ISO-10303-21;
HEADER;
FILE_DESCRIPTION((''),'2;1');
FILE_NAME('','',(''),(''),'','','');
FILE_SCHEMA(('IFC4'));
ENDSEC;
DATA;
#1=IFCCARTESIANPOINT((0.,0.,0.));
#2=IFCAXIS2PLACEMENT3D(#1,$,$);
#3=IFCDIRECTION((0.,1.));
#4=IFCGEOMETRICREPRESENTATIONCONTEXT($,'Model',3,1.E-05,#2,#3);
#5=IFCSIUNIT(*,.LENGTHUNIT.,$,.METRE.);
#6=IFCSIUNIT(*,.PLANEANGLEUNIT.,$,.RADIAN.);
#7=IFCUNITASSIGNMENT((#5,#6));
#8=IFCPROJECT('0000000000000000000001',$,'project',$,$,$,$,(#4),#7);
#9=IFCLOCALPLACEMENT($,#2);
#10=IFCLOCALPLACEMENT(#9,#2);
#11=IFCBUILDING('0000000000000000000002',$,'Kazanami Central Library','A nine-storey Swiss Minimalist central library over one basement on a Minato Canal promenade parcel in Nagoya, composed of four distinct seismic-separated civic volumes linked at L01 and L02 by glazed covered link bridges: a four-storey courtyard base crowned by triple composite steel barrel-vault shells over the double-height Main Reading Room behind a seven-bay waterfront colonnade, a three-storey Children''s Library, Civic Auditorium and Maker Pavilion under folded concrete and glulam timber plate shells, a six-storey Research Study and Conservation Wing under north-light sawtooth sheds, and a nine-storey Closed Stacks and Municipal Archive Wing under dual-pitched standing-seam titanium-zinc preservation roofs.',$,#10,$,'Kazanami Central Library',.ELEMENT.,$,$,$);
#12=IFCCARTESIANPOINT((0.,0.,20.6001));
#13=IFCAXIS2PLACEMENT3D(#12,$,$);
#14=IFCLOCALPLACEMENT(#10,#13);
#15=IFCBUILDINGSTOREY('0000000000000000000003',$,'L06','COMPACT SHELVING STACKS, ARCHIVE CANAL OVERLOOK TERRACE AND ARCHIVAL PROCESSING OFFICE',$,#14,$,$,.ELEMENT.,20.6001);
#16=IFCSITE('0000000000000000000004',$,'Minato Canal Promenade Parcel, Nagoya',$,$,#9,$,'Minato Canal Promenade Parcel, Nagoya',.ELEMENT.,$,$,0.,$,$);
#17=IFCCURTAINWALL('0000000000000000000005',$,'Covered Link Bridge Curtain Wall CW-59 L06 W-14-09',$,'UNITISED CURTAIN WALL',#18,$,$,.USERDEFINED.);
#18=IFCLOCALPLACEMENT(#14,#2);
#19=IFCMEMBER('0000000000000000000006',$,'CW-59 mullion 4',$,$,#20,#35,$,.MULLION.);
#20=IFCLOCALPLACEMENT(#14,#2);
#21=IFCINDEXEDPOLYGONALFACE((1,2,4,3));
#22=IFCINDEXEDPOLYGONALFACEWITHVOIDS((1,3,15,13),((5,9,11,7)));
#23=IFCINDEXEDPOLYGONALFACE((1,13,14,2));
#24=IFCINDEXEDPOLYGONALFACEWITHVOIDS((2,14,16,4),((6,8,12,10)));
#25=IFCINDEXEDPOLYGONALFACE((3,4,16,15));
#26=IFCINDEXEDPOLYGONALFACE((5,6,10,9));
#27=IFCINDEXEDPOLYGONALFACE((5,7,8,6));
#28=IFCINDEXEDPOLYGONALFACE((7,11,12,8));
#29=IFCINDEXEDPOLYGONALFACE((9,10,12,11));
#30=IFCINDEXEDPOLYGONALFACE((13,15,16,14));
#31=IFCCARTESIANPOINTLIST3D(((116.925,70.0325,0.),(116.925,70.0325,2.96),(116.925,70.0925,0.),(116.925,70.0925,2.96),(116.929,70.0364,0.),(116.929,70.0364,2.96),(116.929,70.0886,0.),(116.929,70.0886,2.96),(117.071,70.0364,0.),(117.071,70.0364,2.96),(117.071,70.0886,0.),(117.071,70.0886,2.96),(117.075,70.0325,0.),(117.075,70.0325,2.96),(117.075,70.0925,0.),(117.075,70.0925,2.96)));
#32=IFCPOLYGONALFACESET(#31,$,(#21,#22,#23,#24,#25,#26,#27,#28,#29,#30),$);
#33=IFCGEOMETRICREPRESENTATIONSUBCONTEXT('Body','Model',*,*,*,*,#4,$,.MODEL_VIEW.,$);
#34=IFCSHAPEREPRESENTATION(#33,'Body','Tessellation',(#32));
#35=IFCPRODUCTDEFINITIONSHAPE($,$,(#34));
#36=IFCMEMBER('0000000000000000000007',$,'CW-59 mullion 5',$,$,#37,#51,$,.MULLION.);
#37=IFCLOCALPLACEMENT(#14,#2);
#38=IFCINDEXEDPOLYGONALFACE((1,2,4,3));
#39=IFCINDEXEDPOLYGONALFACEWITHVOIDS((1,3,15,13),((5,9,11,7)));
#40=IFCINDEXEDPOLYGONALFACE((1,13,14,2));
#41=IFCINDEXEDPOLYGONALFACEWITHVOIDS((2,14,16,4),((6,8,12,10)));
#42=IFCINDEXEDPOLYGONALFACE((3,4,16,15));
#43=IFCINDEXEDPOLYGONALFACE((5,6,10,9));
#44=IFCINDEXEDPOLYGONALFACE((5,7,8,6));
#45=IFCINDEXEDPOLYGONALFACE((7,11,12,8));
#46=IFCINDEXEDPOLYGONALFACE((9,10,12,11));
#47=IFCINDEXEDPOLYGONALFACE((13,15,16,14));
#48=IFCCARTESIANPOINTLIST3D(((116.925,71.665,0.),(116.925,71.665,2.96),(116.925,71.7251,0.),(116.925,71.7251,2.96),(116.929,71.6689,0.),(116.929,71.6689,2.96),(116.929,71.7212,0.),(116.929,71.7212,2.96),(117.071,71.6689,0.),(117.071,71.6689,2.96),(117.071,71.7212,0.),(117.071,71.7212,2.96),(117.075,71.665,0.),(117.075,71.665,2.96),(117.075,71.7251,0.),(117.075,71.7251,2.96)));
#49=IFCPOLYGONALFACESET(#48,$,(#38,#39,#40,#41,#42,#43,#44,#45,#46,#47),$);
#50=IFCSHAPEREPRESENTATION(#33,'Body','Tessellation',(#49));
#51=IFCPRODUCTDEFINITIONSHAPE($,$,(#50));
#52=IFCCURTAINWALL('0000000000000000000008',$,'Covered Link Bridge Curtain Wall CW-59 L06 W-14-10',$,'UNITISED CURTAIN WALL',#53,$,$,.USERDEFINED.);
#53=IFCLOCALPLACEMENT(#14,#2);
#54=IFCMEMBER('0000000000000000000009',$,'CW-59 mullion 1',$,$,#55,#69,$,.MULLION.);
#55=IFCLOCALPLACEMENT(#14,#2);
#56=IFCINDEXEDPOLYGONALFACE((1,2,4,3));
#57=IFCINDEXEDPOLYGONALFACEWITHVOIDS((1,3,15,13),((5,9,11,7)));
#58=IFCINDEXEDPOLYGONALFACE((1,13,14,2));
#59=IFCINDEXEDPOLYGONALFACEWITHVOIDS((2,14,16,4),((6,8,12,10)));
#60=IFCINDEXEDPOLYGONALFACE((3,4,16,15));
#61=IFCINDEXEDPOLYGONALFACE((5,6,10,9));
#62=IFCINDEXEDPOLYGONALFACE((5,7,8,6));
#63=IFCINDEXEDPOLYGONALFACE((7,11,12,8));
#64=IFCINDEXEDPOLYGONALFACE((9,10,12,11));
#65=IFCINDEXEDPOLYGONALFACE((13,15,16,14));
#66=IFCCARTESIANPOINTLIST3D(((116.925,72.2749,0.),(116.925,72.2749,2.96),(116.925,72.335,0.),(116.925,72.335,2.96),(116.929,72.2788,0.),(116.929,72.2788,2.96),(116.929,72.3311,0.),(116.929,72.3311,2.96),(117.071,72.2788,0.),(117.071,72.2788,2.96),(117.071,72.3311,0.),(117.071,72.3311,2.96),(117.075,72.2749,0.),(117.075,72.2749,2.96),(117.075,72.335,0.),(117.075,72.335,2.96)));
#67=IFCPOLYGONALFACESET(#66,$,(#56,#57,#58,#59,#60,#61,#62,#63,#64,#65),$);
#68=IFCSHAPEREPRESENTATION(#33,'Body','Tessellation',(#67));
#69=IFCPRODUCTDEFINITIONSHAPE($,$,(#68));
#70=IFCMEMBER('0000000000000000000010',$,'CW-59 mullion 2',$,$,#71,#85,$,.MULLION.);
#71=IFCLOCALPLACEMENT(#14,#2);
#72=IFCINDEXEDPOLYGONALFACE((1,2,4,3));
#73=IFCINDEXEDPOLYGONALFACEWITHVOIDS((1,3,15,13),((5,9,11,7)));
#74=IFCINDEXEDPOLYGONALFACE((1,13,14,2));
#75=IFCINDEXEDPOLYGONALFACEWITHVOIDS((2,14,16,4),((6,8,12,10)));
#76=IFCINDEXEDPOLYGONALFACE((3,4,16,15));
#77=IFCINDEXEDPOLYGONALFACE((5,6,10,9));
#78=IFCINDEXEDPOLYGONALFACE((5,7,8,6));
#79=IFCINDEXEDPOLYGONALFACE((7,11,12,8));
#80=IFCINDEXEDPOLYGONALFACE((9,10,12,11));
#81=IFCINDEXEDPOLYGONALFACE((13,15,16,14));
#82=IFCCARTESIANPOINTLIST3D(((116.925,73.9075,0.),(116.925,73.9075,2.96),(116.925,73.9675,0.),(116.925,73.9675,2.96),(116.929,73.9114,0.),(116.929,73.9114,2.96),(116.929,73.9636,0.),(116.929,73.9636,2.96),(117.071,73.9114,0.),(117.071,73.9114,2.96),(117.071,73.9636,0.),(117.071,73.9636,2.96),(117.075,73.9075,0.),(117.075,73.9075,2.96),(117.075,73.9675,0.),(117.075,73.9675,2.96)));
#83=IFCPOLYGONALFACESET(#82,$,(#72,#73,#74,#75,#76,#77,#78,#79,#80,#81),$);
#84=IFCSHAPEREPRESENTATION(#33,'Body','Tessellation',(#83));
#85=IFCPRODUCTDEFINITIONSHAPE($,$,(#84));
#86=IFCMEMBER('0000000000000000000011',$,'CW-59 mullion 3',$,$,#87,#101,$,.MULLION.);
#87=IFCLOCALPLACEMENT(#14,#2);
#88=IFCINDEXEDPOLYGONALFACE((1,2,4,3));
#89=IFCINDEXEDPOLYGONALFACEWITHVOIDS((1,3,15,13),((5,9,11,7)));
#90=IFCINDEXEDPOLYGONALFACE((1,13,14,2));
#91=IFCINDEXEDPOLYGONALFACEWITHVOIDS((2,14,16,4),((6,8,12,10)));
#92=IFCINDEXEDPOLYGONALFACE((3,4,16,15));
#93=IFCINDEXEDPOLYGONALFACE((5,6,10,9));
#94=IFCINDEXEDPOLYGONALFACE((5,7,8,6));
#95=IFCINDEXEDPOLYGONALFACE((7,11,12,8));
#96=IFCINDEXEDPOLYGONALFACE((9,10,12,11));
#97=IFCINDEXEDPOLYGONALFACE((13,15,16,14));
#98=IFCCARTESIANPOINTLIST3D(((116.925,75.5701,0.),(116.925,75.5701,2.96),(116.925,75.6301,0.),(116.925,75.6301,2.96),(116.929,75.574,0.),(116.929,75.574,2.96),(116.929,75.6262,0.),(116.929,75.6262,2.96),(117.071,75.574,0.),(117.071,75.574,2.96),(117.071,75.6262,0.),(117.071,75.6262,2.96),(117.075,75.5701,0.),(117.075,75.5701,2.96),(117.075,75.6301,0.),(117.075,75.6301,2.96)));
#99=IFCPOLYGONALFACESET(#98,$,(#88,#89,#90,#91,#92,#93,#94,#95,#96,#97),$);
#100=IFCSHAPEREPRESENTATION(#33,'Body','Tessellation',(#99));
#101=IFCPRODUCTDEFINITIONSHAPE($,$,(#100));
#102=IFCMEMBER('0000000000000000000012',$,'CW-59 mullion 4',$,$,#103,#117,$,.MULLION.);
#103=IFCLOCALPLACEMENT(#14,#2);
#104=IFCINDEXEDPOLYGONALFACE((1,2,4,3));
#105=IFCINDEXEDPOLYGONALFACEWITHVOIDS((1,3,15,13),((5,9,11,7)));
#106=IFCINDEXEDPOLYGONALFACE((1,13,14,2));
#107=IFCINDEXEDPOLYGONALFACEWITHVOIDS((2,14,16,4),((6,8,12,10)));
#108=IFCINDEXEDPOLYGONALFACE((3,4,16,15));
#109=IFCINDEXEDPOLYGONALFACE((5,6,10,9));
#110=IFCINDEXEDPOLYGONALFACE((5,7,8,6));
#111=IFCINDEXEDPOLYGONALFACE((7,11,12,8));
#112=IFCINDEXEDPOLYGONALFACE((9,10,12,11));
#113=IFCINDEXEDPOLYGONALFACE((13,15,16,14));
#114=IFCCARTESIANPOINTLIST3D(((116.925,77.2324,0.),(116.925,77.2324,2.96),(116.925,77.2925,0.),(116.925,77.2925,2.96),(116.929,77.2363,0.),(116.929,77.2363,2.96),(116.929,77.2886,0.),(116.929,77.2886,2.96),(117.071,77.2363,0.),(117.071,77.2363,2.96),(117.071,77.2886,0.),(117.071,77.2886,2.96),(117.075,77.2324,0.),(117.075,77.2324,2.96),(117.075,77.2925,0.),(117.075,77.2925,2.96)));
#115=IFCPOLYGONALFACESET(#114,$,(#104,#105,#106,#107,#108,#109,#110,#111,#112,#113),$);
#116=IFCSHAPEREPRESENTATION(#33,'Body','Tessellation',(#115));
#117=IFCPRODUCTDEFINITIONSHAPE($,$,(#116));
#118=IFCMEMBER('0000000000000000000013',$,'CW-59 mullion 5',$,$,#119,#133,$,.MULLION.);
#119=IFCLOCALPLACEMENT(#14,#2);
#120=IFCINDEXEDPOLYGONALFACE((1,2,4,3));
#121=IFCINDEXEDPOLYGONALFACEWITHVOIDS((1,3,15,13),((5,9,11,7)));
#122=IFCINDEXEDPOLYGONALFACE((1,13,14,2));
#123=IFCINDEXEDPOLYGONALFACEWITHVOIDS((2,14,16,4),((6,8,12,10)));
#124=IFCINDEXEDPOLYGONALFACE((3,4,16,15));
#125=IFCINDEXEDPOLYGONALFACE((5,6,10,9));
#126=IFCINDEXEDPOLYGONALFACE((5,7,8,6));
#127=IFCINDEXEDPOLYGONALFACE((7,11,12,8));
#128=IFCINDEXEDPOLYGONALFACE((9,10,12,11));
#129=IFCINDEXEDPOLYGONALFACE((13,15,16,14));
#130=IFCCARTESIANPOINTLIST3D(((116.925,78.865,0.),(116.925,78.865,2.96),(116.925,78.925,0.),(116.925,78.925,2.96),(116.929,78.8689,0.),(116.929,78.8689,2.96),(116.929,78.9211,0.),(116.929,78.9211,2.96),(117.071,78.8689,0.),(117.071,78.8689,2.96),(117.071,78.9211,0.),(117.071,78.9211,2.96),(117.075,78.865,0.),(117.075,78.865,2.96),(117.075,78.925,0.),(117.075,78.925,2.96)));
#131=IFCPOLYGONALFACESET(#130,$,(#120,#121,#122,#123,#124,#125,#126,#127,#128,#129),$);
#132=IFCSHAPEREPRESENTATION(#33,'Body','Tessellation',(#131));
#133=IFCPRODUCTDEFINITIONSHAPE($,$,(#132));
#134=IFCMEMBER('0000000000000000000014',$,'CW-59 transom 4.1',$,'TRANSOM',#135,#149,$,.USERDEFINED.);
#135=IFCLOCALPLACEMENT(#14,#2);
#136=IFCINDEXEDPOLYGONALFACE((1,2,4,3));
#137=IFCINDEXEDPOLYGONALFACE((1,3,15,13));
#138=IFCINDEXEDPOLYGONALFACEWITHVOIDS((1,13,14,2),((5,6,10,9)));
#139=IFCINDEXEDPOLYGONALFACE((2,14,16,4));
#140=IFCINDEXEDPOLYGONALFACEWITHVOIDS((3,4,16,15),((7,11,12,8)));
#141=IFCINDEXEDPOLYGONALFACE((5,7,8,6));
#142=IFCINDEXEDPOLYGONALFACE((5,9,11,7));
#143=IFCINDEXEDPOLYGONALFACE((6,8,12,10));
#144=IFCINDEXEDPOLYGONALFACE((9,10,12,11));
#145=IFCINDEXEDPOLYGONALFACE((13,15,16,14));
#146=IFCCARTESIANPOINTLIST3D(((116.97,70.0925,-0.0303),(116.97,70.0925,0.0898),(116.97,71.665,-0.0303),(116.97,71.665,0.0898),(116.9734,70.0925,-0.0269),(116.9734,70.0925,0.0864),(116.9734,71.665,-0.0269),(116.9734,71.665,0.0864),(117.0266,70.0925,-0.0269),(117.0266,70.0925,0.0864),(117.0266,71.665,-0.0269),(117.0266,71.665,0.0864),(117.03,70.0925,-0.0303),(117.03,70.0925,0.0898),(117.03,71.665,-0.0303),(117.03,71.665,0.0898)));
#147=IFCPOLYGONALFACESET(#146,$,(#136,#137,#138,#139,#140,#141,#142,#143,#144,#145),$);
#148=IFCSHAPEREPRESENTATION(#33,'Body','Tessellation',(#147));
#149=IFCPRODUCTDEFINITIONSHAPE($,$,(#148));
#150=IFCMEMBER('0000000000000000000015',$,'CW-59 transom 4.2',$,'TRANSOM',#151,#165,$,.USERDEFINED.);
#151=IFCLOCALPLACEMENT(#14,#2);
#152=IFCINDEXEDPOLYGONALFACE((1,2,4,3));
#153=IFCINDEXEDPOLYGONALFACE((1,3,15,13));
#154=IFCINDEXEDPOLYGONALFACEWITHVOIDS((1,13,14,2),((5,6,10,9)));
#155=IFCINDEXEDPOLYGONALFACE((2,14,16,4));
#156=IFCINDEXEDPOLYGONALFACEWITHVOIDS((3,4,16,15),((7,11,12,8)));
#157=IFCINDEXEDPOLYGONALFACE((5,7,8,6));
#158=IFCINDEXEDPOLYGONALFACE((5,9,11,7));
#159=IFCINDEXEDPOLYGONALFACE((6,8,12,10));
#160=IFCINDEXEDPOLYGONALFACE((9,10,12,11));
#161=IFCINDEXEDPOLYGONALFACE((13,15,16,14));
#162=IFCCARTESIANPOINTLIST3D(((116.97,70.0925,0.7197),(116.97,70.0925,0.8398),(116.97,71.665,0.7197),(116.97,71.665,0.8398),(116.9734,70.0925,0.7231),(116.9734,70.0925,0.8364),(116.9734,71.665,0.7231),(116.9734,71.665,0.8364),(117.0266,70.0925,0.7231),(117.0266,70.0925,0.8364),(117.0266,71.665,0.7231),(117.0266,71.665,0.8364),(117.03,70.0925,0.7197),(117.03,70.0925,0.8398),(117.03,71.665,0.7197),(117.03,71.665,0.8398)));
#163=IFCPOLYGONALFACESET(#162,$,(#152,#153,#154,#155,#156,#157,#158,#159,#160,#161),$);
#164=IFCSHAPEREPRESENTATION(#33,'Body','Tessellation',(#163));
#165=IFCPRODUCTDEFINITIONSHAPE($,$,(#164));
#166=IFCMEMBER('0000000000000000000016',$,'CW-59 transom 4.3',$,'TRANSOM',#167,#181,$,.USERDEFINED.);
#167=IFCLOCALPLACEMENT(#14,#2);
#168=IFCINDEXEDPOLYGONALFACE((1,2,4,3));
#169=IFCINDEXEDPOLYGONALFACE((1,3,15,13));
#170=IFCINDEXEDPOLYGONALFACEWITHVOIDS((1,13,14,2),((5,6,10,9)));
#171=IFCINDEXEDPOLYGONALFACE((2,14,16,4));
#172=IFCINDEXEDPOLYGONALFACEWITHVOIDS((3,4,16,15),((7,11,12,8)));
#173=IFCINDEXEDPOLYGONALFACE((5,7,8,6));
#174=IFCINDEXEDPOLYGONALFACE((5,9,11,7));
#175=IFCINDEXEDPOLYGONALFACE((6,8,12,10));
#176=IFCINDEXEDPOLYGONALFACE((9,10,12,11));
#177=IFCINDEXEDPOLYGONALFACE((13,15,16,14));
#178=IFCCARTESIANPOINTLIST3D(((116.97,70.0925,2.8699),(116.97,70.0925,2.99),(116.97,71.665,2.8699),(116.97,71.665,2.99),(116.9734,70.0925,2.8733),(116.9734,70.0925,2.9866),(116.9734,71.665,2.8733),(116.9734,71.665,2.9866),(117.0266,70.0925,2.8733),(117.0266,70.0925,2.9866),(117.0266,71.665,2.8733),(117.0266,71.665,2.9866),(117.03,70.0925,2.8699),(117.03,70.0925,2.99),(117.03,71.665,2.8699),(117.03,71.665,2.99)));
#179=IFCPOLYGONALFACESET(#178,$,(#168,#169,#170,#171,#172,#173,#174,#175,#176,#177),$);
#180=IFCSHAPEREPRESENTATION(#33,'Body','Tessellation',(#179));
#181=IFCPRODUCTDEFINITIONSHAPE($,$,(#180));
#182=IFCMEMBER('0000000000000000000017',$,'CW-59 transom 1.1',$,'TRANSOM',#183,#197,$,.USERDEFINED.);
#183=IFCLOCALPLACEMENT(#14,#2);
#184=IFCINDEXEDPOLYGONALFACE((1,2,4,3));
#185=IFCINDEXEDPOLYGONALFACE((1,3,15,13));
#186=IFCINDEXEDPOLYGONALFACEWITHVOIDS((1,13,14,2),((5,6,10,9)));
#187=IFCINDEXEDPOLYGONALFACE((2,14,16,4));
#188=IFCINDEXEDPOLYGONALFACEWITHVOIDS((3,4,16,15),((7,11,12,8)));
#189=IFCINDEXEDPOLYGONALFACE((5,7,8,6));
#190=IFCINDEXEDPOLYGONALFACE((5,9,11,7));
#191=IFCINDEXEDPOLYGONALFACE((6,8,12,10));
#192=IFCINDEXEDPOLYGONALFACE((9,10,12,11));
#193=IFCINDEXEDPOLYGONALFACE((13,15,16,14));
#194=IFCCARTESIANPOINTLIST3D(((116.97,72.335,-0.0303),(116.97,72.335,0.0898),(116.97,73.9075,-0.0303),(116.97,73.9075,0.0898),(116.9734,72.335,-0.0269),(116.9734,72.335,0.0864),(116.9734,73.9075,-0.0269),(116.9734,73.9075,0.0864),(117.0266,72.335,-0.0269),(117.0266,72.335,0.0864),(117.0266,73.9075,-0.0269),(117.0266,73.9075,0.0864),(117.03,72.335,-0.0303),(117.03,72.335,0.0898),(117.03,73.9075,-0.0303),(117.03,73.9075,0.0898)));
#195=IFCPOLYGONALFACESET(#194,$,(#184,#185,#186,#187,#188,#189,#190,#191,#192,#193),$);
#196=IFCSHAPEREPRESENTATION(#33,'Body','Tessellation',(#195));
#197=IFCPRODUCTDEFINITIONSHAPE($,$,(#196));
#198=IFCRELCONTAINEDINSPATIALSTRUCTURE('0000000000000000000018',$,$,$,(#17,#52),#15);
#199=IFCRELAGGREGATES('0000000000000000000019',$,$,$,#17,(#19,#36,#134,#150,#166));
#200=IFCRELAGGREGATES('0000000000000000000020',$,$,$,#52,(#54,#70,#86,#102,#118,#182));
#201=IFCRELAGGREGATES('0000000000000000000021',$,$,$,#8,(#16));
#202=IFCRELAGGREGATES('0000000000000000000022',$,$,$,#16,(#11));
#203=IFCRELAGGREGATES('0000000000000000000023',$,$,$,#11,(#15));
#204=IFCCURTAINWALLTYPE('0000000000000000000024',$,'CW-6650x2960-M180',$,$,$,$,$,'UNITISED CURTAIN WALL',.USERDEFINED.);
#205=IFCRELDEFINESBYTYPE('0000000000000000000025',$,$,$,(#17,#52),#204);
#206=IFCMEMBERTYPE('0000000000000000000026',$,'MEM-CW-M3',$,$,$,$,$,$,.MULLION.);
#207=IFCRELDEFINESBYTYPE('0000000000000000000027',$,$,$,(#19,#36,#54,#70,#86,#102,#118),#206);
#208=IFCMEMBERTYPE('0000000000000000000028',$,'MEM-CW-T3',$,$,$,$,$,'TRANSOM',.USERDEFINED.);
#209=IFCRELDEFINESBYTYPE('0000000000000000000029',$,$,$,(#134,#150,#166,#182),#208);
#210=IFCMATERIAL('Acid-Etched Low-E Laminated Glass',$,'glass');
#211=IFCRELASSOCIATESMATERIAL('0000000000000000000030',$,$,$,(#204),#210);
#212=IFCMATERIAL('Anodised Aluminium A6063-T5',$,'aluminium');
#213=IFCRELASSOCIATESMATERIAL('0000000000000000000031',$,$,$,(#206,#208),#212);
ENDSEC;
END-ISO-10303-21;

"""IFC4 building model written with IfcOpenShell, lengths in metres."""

from ifc_helpers import new_model, si_unit, direction, frame, origin, origin_2d, place, context, subcontext, project, spatial, hollow_rectangle, extrude, material, material_profile, profile_set, type_object, element, aggregate, save


model = new_model("IFC4")

# Units and contexts
model_context = context("Model", 3, precision=1e-05, world=origin(), true_north=direction((0.0, 1.0)))
body_context = subcontext(model_context, "Body", "Model", "MODEL_VIEW")
ifc_project = project(units=[si_unit("LENGTHUNIT", "METRE"), si_unit("PLANEANGLEUNIT", "RADIAN")], contexts=[model_context])

# Site, building, storey
site_placement = place(None, origin())
site = spatial("IfcSite", under=ifc_project, at=site_placement, Name="Minato Canal Promenade Parcel, Nagoya", LongName="Minato Canal Promenade Parcel, Nagoya", CompositionType="ELEMENT", RefElevation=0.0)
building_placement = place(site_placement, origin())
building = spatial("IfcBuilding", under=site, at=building_placement, Name="Kazanami Central Library", Description="A nine-storey Swiss Minimalist central library over one basement on a Minato Canal promenade parcel in Nagoya, composed of four distinct seismic-separated civic volumes linked at L01 and L02 by glazed covered link bridges: a four-storey courtyard base crowned by triple composite steel barrel-vault shells over the double-height Main Reading Room behind a seven-bay waterfront colonnade, a three-storey Children's Library, Civic Auditorium and Maker Pavilion under folded concrete and glulam timber plate shells, a six-storey Research Study and Conservation Wing under north-light sawtooth sheds, and a nine-storey Closed Stacks and Municipal Archive Wing under dual-pitched standing-seam titanium-zinc preservation roofs.", LongName="Kazanami Central Library", CompositionType="ELEMENT")
storey_placement = place(building_placement, frame((0.0, 0.0, 20.6001)))
storey = spatial("IfcBuildingStorey", under=building, at=storey_placement, Name="L06", Description="COMPACT SHELVING STACKS, ARCHIVE CANAL OVERLOOK TERRACE AND ARCHIVAL PROCESSING OFFICE", CompositionType="ELEMENT", Elevation=20.6001)

# Curtain walls, members
ifc_material_1 = material(Name="Acid-Etched Low-E Laminated Glass", Category="glass")
curtain_wall_type = type_object("IfcCurtainWallType", Name="CW-6650x2960-M180", ElementType="UNITISED CURTAIN WALL", PredefinedType="USERDEFINED", material=ifc_material_1)
curtain_wall_1_placement = place(storey_placement, origin())
curtain_wall_1 = element("IfcCurtainWall", 1, at=curtain_wall_1_placement, inside=storey, type_object=curtain_wall_type, Name="Covered Link Bridge Curtain Wall CW-59 L06 W-14-09", ObjectType="UNITISED CURTAIN WALL", PredefinedType="USERDEFINED")
ifc_material_2 = material(Name="Anodised Aluminium A6063-T5", Category="aluminium")
ifc_material_profile_1 = material_profile(ifc_material_2, hollow_rectangle(XDim=0.0601, YDim=0.1499, WallThickness=0.0039, at=origin_2d()), Name="ALU-MULL-60x150x4")
ifc_profile_set_1 = profile_set([ifc_material_profile_1], Name="Anodised Aluminium A6063-T5")
member_type_1 = type_object("IfcMemberType", Name="MEM-CW-M3", PredefinedType="MULLION", material=ifc_profile_set_1)
member_1_placement = place(storey_placement, frame((117.0, 70.0625, 0.0), z_axis=(0.0, 0.0, 1.0), x_axis=(0.0, 1.0, 0.0)))
member_1 = element("IfcMember", 2, at=member_1_placement, type_object=member_type_1, Name="CW-59 mullion 4", PredefinedType="MULLION", context=body_context, shape_type="SweptSolid", body=[
    extrude(hollow_rectangle(XDim=0.0601, YDim=0.1499, WallThickness=0.0039, at=origin_2d()), origin(), (0.0, 0.0, 1.0), 2.96),
])
member_2_placement = place(storey_placement, frame((117.0, 71.6951, 0.0), z_axis=(0.0, 0.0, 1.0), x_axis=(0.0, 1.0, 0.0)))
member_2 = element("IfcMember", 3, at=member_2_placement, type_object=member_type_1, Name="CW-59 mullion 5", PredefinedType="MULLION", context=body_context, shape_type="SweptSolid", body=[
    extrude(hollow_rectangle(XDim=0.0601, YDim=0.1499, WallThickness=0.0039, at=origin_2d()), origin(), (0.0, 0.0, 1.0), 2.96),
])
curtain_wall_2_placement = place(storey_placement, origin())
curtain_wall_2 = element("IfcCurtainWall", 4, at=curtain_wall_2_placement, inside=storey, type_object=curtain_wall_type, Name="Covered Link Bridge Curtain Wall CW-59 L06 W-14-10", ObjectType="UNITISED CURTAIN WALL", PredefinedType="USERDEFINED")
member_3_placement = place(storey_placement, frame((117.0, 72.3049, 0.0), z_axis=(0.0, 0.0, 1.0), x_axis=(0.0, 1.0, 0.0)))
member_3 = element("IfcMember", 5, at=member_3_placement, type_object=member_type_1, Name="CW-59 mullion 1", PredefinedType="MULLION", context=body_context, shape_type="SweptSolid", body=[
    extrude(hollow_rectangle(XDim=0.0601, YDim=0.1499, WallThickness=0.0039, at=origin_2d()), origin(), (0.0, 0.0, 1.0), 2.96),
])
member_4_placement = place(storey_placement, frame((117.0, 73.9375, 0.0), z_axis=(0.0, 0.0, 1.0), x_axis=(0.0, 1.0, 0.0)))
member_4 = element("IfcMember", 6, at=member_4_placement, type_object=member_type_1, Name="CW-59 mullion 2", PredefinedType="MULLION", context=body_context, shape_type="SweptSolid", body=[
    extrude(hollow_rectangle(XDim=0.0601, YDim=0.1499, WallThickness=0.0039, at=origin_2d()), origin(), (0.0, 0.0, 1.0), 2.96),
])
member_5_placement = place(storey_placement, frame((117.0, 75.6001, 0.0), z_axis=(0.0, 0.0, 1.0), x_axis=(0.0, 1.0, 0.0)))
member_5 = element("IfcMember", 7, at=member_5_placement, type_object=member_type_1, Name="CW-59 mullion 3", PredefinedType="MULLION", context=body_context, shape_type="SweptSolid", body=[
    extrude(hollow_rectangle(XDim=0.0601, YDim=0.1499, WallThickness=0.0039, at=origin_2d()), origin(), (0.0, 0.0, 1.0), 2.96),
])
member_6_placement = place(storey_placement, frame((117.0, 77.2625, 0.0), z_axis=(0.0, 0.0, 1.0), x_axis=(0.0, 1.0, 0.0)))
member_6 = element("IfcMember", 8, at=member_6_placement, type_object=member_type_1, Name="CW-59 mullion 4", PredefinedType="MULLION", context=body_context, shape_type="SweptSolid", body=[
    extrude(hollow_rectangle(XDim=0.0601, YDim=0.1499, WallThickness=0.0039, at=origin_2d()), origin(), (0.0, 0.0, 1.0), 2.96),
])
member_7_placement = place(storey_placement, frame((117.0, 78.895, 0.0), z_axis=(0.0, 0.0, 1.0), x_axis=(0.0, 1.0, 0.0)))
member_7 = element("IfcMember", 9, at=member_7_placement, type_object=member_type_1, Name="CW-59 mullion 5", PredefinedType="MULLION", context=body_context, shape_type="SweptSolid", body=[
    extrude(hollow_rectangle(XDim=0.0601, YDim=0.1499, WallThickness=0.0039, at=origin_2d()), origin(), (0.0, 0.0, 1.0), 2.96),
])

# Members
ifc_material_profile_2 = material_profile(ifc_material_2, hollow_rectangle(XDim=0.0601, YDim=0.1201, WallThickness=0.0034, at=origin_2d()), Name="ALU-TRAN-60x120x3.5")
ifc_profile_set_2 = profile_set([ifc_material_profile_2], Name="Anodised Aluminium A6063-T5")
member_type_2 = type_object("IfcMemberType", Name="MEM-CW-T3", ElementType="TRANSOM", PredefinedType="USERDEFINED", material=ifc_profile_set_2)
member_8_placement = place(storey_placement, frame((117.0, 70.0925, 0.0298), z_axis=(0.0, 1.0, 0.0), x_axis=(-1.0, 0.0, 0.0)))
member_8 = element("IfcMember", 10, at=member_8_placement, type_object=member_type_2, Name="CW-59 transom 4.1", ObjectType="TRANSOM", PredefinedType="USERDEFINED", context=body_context, shape_type="SweptSolid", body=[
    extrude(hollow_rectangle(XDim=0.0601, YDim=0.1201, WallThickness=0.0034, at=origin_2d()), origin(), (0.0, 0.0, 1.0), 1.5725),
])
member_9_placement = place(storey_placement, frame((117.0, 70.0925, 0.7798), z_axis=(0.0, 1.0, 0.0), x_axis=(-1.0, 0.0, 0.0)))
member_9 = element("IfcMember", 11, at=member_9_placement, type_object=member_type_2, Name="CW-59 transom 4.2", ObjectType="TRANSOM", PredefinedType="USERDEFINED", context=body_context, shape_type="SweptSolid", body=[
    extrude(hollow_rectangle(XDim=0.0601, YDim=0.1201, WallThickness=0.0034, at=origin_2d()), origin(), (0.0, 0.0, 1.0), 1.5725),
])
member_10_placement = place(storey_placement, frame((117.0, 70.0925, 2.9299), z_axis=(0.0, 1.0, 0.0), x_axis=(-1.0, 0.0, 0.0)))
member_10 = element("IfcMember", 12, at=member_10_placement, type_object=member_type_2, Name="CW-59 transom 4.3", ObjectType="TRANSOM", PredefinedType="USERDEFINED", context=body_context, shape_type="SweptSolid", body=[
    extrude(hollow_rectangle(XDim=0.0601, YDim=0.1201, WallThickness=0.0034, at=origin_2d()), origin(), (0.0, 0.0, 1.0), 1.5725),
])
member_11_placement = place(storey_placement, frame((117.0, 72.335, 0.0298), z_axis=(0.0, 1.0, 0.0), x_axis=(-1.0, 0.0, 0.0)))
member_11 = element("IfcMember", 13, at=member_11_placement, type_object=member_type_2, Name="CW-59 transom 1.1", ObjectType="TRANSOM", PredefinedType="USERDEFINED", context=body_context, shape_type="SweptSolid", body=[
    extrude(hollow_rectangle(XDim=0.0601, YDim=0.1201, WallThickness=0.0034, at=origin_2d()), origin(), (0.0, 0.0, 1.0), 1.5725),
])

aggregate(curtain_wall_1, [member_1, member_2, member_8, member_9, member_10])
aggregate(curtain_wall_2, [member_3, member_4, member_5, member_6, member_7, member_11])

save(model, "model.ifc")
